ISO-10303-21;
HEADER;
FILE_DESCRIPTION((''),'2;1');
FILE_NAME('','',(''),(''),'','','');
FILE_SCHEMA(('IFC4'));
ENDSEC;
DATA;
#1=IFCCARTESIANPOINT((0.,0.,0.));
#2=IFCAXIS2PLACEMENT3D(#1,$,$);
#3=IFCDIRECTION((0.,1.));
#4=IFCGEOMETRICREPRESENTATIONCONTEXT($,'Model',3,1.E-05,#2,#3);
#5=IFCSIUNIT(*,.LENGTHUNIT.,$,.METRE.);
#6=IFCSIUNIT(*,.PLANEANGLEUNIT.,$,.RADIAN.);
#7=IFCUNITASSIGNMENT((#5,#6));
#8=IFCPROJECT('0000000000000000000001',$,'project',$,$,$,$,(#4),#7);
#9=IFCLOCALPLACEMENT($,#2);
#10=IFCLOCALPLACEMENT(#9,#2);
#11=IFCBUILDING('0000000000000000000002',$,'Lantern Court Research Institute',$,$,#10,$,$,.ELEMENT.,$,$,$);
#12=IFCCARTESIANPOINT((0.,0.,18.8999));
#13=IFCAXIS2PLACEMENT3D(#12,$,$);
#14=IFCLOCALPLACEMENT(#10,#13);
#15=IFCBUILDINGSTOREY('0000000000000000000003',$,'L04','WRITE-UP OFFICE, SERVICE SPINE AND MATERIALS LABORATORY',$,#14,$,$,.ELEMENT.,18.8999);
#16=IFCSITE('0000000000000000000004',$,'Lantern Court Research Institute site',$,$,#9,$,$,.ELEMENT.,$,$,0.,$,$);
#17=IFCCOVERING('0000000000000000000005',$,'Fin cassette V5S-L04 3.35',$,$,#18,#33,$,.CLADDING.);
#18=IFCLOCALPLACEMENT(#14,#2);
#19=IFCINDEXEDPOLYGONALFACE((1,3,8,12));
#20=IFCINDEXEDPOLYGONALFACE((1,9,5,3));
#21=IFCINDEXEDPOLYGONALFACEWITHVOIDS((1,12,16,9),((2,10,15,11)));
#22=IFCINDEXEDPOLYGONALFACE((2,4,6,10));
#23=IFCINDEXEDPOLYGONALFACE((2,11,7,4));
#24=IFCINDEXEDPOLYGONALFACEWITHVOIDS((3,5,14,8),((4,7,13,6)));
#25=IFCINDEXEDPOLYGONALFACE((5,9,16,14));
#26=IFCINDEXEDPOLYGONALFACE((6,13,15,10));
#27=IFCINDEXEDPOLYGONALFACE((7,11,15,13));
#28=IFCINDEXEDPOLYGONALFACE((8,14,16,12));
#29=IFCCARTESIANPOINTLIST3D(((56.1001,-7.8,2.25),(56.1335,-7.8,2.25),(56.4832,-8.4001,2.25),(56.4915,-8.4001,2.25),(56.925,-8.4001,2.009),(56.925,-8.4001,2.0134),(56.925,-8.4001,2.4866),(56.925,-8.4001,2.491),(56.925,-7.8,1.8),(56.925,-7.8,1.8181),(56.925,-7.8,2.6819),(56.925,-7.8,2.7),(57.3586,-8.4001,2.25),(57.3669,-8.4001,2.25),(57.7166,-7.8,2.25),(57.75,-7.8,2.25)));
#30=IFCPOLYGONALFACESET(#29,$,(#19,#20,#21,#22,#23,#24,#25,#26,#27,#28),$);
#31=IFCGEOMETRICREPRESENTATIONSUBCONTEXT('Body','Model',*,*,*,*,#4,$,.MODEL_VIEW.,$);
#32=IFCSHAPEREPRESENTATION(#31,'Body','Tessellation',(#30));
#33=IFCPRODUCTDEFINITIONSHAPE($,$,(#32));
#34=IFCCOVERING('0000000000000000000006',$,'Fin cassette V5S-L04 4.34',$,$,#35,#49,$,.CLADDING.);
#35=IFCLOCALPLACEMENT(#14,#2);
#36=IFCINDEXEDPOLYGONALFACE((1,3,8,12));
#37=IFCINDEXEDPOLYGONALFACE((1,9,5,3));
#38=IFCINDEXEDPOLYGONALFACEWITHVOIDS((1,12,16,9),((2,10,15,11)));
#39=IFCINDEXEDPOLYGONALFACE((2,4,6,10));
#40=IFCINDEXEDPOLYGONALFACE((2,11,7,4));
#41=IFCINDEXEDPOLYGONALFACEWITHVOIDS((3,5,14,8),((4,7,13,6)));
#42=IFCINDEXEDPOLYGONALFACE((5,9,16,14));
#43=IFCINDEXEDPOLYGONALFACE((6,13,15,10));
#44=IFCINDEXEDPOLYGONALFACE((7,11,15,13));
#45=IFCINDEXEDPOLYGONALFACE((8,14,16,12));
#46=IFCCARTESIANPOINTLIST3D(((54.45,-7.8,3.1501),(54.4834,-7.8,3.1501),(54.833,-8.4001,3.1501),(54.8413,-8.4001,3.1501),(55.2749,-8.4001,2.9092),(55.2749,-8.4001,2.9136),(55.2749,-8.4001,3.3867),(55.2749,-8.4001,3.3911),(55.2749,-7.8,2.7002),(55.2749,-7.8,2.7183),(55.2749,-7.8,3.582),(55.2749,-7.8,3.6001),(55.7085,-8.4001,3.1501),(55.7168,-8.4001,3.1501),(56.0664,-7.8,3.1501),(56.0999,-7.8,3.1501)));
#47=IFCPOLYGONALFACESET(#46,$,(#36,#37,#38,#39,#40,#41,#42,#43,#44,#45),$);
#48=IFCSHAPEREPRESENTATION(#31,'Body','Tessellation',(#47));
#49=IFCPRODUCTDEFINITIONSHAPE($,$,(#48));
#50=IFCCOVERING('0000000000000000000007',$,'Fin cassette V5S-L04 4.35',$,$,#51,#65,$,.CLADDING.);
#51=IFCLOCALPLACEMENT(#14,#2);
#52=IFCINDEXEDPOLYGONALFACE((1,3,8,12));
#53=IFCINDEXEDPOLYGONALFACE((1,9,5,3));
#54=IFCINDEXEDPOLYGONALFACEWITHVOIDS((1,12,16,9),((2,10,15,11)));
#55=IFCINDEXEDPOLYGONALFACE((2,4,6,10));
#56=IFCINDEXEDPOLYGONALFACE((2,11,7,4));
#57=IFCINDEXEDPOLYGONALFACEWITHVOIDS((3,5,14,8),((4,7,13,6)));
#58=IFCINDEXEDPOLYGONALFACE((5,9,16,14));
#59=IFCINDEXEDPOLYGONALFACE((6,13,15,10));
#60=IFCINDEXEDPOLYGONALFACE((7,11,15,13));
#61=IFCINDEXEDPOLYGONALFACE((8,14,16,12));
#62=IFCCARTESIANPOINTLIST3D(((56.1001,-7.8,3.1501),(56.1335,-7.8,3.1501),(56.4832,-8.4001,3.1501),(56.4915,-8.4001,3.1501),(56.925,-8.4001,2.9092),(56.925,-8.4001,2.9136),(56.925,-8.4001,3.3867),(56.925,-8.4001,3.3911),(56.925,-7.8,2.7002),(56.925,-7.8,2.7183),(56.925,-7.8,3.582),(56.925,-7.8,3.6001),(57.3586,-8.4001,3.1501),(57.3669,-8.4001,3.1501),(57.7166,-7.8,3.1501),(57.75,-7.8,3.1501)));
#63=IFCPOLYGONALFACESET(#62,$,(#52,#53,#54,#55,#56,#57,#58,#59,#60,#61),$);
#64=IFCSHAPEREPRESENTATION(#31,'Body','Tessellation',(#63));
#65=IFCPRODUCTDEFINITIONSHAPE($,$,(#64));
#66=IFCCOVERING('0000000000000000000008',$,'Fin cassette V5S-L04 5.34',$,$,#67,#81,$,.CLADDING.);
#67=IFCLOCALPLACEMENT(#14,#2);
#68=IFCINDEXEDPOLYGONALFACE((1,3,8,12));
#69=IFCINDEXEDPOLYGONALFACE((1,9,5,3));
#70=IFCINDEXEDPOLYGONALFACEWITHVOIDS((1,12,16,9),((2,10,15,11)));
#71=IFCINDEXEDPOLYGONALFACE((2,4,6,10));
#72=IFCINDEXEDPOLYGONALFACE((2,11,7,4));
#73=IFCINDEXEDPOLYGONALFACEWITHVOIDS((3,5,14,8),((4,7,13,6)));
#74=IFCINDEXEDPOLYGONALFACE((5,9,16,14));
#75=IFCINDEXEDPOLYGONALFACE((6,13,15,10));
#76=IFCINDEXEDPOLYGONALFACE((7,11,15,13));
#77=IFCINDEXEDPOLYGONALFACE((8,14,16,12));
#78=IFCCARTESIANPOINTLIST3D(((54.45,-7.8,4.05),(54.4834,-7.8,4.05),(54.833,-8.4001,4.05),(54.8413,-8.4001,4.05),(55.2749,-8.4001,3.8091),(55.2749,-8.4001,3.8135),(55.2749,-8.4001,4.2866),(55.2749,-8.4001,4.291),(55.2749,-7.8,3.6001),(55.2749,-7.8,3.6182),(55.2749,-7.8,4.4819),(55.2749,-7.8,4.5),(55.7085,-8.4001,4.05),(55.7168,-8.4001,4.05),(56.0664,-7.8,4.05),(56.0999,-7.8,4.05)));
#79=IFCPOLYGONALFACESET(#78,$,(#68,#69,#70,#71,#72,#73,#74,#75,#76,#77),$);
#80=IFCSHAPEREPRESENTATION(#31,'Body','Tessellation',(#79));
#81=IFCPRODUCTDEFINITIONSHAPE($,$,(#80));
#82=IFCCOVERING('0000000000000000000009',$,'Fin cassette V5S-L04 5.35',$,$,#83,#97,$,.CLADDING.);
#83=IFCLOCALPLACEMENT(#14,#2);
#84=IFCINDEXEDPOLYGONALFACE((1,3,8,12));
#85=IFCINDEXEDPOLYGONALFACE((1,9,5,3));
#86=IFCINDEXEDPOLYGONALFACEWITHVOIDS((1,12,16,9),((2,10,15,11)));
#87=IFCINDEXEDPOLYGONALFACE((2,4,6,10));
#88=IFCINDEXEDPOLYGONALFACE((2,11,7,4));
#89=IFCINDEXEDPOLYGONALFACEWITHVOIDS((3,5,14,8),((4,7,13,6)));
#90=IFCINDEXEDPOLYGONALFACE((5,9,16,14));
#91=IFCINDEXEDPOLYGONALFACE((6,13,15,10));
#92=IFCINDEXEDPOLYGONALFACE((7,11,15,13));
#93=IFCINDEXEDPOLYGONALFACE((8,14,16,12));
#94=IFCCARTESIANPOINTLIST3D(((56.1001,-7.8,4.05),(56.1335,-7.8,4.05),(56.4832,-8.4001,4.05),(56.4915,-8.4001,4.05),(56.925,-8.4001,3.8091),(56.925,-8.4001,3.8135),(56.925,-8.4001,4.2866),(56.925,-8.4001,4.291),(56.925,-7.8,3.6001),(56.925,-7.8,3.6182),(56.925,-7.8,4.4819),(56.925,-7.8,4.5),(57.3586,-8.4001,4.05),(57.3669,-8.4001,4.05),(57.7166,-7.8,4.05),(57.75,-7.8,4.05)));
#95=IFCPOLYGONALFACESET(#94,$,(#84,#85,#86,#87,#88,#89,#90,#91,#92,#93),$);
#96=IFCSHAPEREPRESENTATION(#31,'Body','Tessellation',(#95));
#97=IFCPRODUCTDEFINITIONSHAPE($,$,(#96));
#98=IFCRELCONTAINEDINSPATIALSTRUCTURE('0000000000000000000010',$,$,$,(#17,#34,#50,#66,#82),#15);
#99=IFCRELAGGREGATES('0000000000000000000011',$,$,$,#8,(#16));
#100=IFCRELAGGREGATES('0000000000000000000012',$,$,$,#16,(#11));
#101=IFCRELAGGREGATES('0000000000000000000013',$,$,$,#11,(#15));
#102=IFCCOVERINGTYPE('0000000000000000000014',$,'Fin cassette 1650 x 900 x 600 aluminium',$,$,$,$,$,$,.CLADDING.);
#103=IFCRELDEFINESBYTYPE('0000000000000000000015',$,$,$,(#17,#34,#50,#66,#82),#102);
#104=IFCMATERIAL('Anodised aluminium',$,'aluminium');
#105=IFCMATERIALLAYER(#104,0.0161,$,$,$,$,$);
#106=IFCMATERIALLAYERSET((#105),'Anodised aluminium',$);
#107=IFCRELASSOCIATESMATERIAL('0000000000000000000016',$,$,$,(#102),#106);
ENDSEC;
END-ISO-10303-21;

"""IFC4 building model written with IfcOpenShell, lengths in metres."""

from ifc_helpers import new_model, entity, si_unit, direction, frame, origin, place, context, subcontext, project, spatial, material, layer, layer_set, type_object, element, save


model = new_model("IFC4")

# Units and contexts
model_context = context("Model", 3, precision=1e-05, world=origin(), true_north=direction((0.0, 1.0)))
body_context = subcontext(model_context, "Body", "Model", "MODEL_VIEW")
ifc_project = project(units=[si_unit("LENGTHUNIT", "METRE"), si_unit("PLANEANGLEUNIT", "RADIAN")], contexts=[model_context])

# Site, building, storey
site_placement = place(None, origin())
site = spatial("IfcSite", under=ifc_project, at=site_placement, Name="Lantern Court Research Institute site", CompositionType="ELEMENT", RefElevation=0.0)
building_placement = place(site_placement, origin())
building = spatial("IfcBuilding", under=site, at=building_placement, Name="Lantern Court Research Institute", CompositionType="ELEMENT")
storey_placement = place(building_placement, frame((0.0, 0.0, 18.8999)))
storey = spatial("IfcBuildingStorey", under=building, at=storey_placement, Name="L04", Description="WRITE-UP OFFICE, SERVICE SPINE AND MATERIALS LABORATORY", CompositionType="ELEMENT", Elevation=18.8999)

# Coverings
ifc_material_1 = material(Name="Anodised aluminium", Category="aluminium")
ifc_layer_1 = layer(ifc_material_1, 0.0161)
ifc_layer_set_1 = layer_set([ifc_layer_1], Name="Anodised aluminium")
covering_type = type_object("IfcCoveringType", Name="Fin cassette 1650 x 900 x 600 aluminium", PredefinedType="CLADDING", material=ifc_layer_set_1)
covering_1_placement = place(storey_placement, frame((56.925, -7.8, 2.25), z_axis=(0.0, -1.0, 0.0), x_axis=(1.0, 0.0, 0.0)))
cartesian_point_1 = entity("IfcCartesianPoint", [0.825, 0.0])
cartesian_point_2 = entity("IfcCartesianPoint", [0.7915, 0.0])
cartesian_point_3 = entity("IfcCartesianPoint", [0.4419, 0.0])
cartesian_point_4 = entity("IfcCartesianPoint", [0.4336, 0.0])
element("IfcCovering", 1, at=covering_1_placement, inside=storey, type_object=covering_type, Name="Fin cassette V5S-L04 3.35", PredefinedType="CLADDING", context=body_context, shape_type="SweptSolid", body=[
    entity("IfcExtrudedAreaSolidTapered", entity("IfcArbitraryProfileDefWithVoids", "AREA", None, entity("IfcPolyline", [cartesian_point_1, entity("IfcCartesianPoint", [0.0, 0.45]), entity("IfcCartesianPoint", [-0.825, 0.0]), entity("IfcCartesianPoint", [0.0, -0.45]), cartesian_point_1]), [entity("IfcPolyline", [cartesian_point_2, entity("IfcCartesianPoint", [0.0, 0.4319]), entity("IfcCartesianPoint", [-0.7915, 0.0]), entity("IfcCartesianPoint", [0.0, -0.4319]), cartesian_point_2])]), entity("IfcAxis2Placement3D", entity("IfcCartesianPoint", [0.0, 0.0, 0.0])), entity("IfcDirection", [0.0, 0.0, 1.0]), 0.6001, entity("IfcArbitraryProfileDefWithVoids", "AREA", None, entity("IfcPolyline", [cartesian_point_3, entity("IfcCartesianPoint", [0.0, 0.241]), entity("IfcCartesianPoint", [-0.4419, 0.0]), entity("IfcCartesianPoint", [0.0, -0.241]), cartesian_point_3]), [entity("IfcPolyline", [cartesian_point_4, entity("IfcCartesianPoint", [0.0, 0.2366]), entity("IfcCartesianPoint", [-0.4336, 0.0]), entity("IfcCartesianPoint", [0.0, -0.2366]), cartesian_point_4])])),
])
covering_2_placement = place(storey_placement, frame((55.2749, -7.8, 3.1501), z_axis=(0.0, -1.0, 0.0), x_axis=(1.0, 0.0, 0.0)))
cartesian_point_5 = entity("IfcCartesianPoint", [0.825, 0.0])
cartesian_point_6 = entity("IfcCartesianPoint", [0.7915, 0.0])
cartesian_point_7 = entity("IfcCartesianPoint", [0.4419, 0.0])
cartesian_point_8 = entity("IfcCartesianPoint", [0.4336, 0.0])
element("IfcCovering", 2, at=covering_2_placement, inside=storey, type_object=covering_type, Name="Fin cassette V5S-L04 4.34", PredefinedType="CLADDING", context=body_context, shape_type="SweptSolid", body=[
    entity("IfcExtrudedAreaSolidTapered", entity("IfcArbitraryProfileDefWithVoids", "AREA", None, entity("IfcPolyline", [cartesian_point_5, entity("IfcCartesianPoint", [0.0, 0.45]), entity("IfcCartesianPoint", [-0.825, 0.0]), entity("IfcCartesianPoint", [0.0, -0.45]), cartesian_point_5]), [entity("IfcPolyline", [cartesian_point_6, entity("IfcCartesianPoint", [0.0, 0.4319]), entity("IfcCartesianPoint", [-0.7915, 0.0]), entity("IfcCartesianPoint", [0.0, -0.4319]), cartesian_point_6])]), entity("IfcAxis2Placement3D", entity("IfcCartesianPoint", [0.0, 0.0, 0.0])), entity("IfcDirection", [0.0, 0.0, 1.0]), 0.6001, entity("IfcArbitraryProfileDefWithVoids", "AREA", None, entity("IfcPolyline", [cartesian_point_7, entity("IfcCartesianPoint", [0.0, 0.241]), entity("IfcCartesianPoint", [-0.4419, 0.0]), entity("IfcCartesianPoint", [0.0, -0.241]), cartesian_point_7]), [entity("IfcPolyline", [cartesian_point_8, entity("IfcCartesianPoint", [0.0, 0.2366]), entity("IfcCartesianPoint", [-0.4336, 0.0]), entity("IfcCartesianPoint", [0.0, -0.2366]), cartesian_point_8])])),
])
covering_3_placement = place(storey_placement, frame((56.925, -7.8, 3.1501), z_axis=(0.0, -1.0, 0.0), x_axis=(1.0, 0.0, 0.0)))
cartesian_point_9 = entity("IfcCartesianPoint", [0.825, 0.0])
cartesian_point_10 = entity("IfcCartesianPoint", [0.7915, 0.0])
cartesian_point_11 = entity("IfcCartesianPoint", [0.4419, 0.0])
cartesian_point_12 = entity("IfcCartesianPoint", [0.4336, 0.0])
element("IfcCovering", 3, at=covering_3_placement, inside=storey, type_object=covering_type, Name="Fin cassette V5S-L04 4.35", PredefinedType="CLADDING", context=body_context, shape_type="SweptSolid", body=[
    entity("IfcExtrudedAreaSolidTapered", entity("IfcArbitraryProfileDefWithVoids", "AREA", None, entity("IfcPolyline", [cartesian_point_9, entity("IfcCartesianPoint", [0.0, 0.45]), entity("IfcCartesianPoint", [-0.825, 0.0]), entity("IfcCartesianPoint", [0.0, -0.45]), cartesian_point_9]), [entity("IfcPolyline", [cartesian_point_10, entity("IfcCartesianPoint", [0.0, 0.4319]), entity("IfcCartesianPoint", [-0.7915, 0.0]), entity("IfcCartesianPoint", [0.0, -0.4319]), cartesian_point_10])]), entity("IfcAxis2Placement3D", entity("IfcCartesianPoint", [0.0, 0.0, 0.0])), entity("IfcDirection", [0.0, 0.0, 1.0]), 0.6001, entity("IfcArbitraryProfileDefWithVoids", "AREA", None, entity("IfcPolyline", [cartesian_point_11, entity("IfcCartesianPoint", [0.0, 0.241]), entity("IfcCartesianPoint", [-0.4419, 0.0]), entity("IfcCartesianPoint", [0.0, -0.241]), cartesian_point_11]), [entity("IfcPolyline", [cartesian_point_12, entity("IfcCartesianPoint", [0.0, 0.2366]), entity("IfcCartesianPoint", [-0.4336, 0.0]), entity("IfcCartesianPoint", [0.0, -0.2366]), cartesian_point_12])])),
])
covering_4_placement = place(storey_placement, frame((55.2749, -7.8, 4.05), z_axis=(0.0, -1.0, 0.0), x_axis=(1.0, 0.0, 0.0)))
cartesian_point_13 = entity("IfcCartesianPoint", [0.825, 0.0])
cartesian_point_14 = entity("IfcCartesianPoint", [0.7915, 0.0])
cartesian_point_15 = entity("IfcCartesianPoint", [0.4419, 0.0])
cartesian_point_16 = entity("IfcCartesianPoint", [0.4336, 0.0])
element("IfcCovering", 4, at=covering_4_placement, inside=storey, type_object=covering_type, Name="Fin cassette V5S-L04 5.34", PredefinedType="CLADDING", context=body_context, shape_type="SweptSolid", body=[
    entity("IfcExtrudedAreaSolidTapered", entity("IfcArbitraryProfileDefWithVoids", "AREA", None, entity("IfcPolyline", [cartesian_point_13, entity("IfcCartesianPoint", [0.0, 0.45]), entity("IfcCartesianPoint", [-0.825, 0.0]), entity("IfcCartesianPoint", [0.0, -0.45]), cartesian_point_13]), [entity("IfcPolyline", [cartesian_point_14, entity("IfcCartesianPoint", [0.0, 0.4319]), entity("IfcCartesianPoint", [-0.7915, 0.0]), entity("IfcCartesianPoint", [0.0, -0.4319]), cartesian_point_14])]), entity("IfcAxis2Placement3D", entity("IfcCartesianPoint", [0.0, 0.0, 0.0])), entity("IfcDirection", [0.0, 0.0, 1.0]), 0.6001, entity("IfcArbitraryProfileDefWithVoids", "AREA", None, entity("IfcPolyline", [cartesian_point_15, entity("IfcCartesianPoint", [0.0, 0.241]), entity("IfcCartesianPoint", [-0.4419, 0.0]), entity("IfcCartesianPoint", [0.0, -0.241]), cartesian_point_15]), [entity("IfcPolyline", [cartesian_point_16, entity("IfcCartesianPoint", [0.0, 0.2366]), entity("IfcCartesianPoint", [-0.4336, 0.0]), entity("IfcCartesianPoint", [0.0, -0.2366]), cartesian_point_16])])),
])
covering_5_placement = place(storey_placement, frame((56.925, -7.8, 4.05), z_axis=(0.0, -1.0, 0.0), x_axis=(1.0, 0.0, 0.0)))
cartesian_point_17 = entity("IfcCartesianPoint", [0.825, 0.0])
cartesian_point_18 = entity("IfcCartesianPoint", [0.7915, 0.0])
cartesian_point_19 = entity("IfcCartesianPoint", [0.4419, 0.0])
cartesian_point_20 = entity("IfcCartesianPoint", [0.4336, 0.0])
element("IfcCovering", 5, at=covering_5_placement, inside=storey, type_object=covering_type, Name="Fin cassette V5S-L04 5.35", PredefinedType="CLADDING", context=body_context, shape_type="SweptSolid", body=[
    entity("IfcExtrudedAreaSolidTapered", entity("IfcArbitraryProfileDefWithVoids", "AREA", None, entity("IfcPolyline", [cartesian_point_17, entity("IfcCartesianPoint", [0.0, 0.45]), entity("IfcCartesianPoint", [-0.825, 0.0]), entity("IfcCartesianPoint", [0.0, -0.45]), cartesian_point_17]), [entity("IfcPolyline", [cartesian_point_18, entity("IfcCartesianPoint", [0.0, 0.4319]), entity("IfcCartesianPoint", [-0.7915, 0.0]), entity("IfcCartesianPoint", [0.0, -0.4319]), cartesian_point_18])]), entity("IfcAxis2Placement3D", entity("IfcCartesianPoint", [0.0, 0.0, 0.0])), entity("IfcDirection", [0.0, 0.0, 1.0]), 0.6001, entity("IfcArbitraryProfileDefWithVoids", "AREA", None, entity("IfcPolyline", [cartesian_point_19, entity("IfcCartesianPoint", [0.0, 0.241]), entity("IfcCartesianPoint", [-0.4419, 0.0]), entity("IfcCartesianPoint", [0.0, -0.241]), cartesian_point_19]), [entity("IfcPolyline", [cartesian_point_20, entity("IfcCartesianPoint", [0.0, 0.2366]), entity("IfcCartesianPoint", [-0.4336, 0.0]), entity("IfcCartesianPoint", [0.0, -0.2366]), cartesian_point_20])])),
])

save(model, "model.ifc")
